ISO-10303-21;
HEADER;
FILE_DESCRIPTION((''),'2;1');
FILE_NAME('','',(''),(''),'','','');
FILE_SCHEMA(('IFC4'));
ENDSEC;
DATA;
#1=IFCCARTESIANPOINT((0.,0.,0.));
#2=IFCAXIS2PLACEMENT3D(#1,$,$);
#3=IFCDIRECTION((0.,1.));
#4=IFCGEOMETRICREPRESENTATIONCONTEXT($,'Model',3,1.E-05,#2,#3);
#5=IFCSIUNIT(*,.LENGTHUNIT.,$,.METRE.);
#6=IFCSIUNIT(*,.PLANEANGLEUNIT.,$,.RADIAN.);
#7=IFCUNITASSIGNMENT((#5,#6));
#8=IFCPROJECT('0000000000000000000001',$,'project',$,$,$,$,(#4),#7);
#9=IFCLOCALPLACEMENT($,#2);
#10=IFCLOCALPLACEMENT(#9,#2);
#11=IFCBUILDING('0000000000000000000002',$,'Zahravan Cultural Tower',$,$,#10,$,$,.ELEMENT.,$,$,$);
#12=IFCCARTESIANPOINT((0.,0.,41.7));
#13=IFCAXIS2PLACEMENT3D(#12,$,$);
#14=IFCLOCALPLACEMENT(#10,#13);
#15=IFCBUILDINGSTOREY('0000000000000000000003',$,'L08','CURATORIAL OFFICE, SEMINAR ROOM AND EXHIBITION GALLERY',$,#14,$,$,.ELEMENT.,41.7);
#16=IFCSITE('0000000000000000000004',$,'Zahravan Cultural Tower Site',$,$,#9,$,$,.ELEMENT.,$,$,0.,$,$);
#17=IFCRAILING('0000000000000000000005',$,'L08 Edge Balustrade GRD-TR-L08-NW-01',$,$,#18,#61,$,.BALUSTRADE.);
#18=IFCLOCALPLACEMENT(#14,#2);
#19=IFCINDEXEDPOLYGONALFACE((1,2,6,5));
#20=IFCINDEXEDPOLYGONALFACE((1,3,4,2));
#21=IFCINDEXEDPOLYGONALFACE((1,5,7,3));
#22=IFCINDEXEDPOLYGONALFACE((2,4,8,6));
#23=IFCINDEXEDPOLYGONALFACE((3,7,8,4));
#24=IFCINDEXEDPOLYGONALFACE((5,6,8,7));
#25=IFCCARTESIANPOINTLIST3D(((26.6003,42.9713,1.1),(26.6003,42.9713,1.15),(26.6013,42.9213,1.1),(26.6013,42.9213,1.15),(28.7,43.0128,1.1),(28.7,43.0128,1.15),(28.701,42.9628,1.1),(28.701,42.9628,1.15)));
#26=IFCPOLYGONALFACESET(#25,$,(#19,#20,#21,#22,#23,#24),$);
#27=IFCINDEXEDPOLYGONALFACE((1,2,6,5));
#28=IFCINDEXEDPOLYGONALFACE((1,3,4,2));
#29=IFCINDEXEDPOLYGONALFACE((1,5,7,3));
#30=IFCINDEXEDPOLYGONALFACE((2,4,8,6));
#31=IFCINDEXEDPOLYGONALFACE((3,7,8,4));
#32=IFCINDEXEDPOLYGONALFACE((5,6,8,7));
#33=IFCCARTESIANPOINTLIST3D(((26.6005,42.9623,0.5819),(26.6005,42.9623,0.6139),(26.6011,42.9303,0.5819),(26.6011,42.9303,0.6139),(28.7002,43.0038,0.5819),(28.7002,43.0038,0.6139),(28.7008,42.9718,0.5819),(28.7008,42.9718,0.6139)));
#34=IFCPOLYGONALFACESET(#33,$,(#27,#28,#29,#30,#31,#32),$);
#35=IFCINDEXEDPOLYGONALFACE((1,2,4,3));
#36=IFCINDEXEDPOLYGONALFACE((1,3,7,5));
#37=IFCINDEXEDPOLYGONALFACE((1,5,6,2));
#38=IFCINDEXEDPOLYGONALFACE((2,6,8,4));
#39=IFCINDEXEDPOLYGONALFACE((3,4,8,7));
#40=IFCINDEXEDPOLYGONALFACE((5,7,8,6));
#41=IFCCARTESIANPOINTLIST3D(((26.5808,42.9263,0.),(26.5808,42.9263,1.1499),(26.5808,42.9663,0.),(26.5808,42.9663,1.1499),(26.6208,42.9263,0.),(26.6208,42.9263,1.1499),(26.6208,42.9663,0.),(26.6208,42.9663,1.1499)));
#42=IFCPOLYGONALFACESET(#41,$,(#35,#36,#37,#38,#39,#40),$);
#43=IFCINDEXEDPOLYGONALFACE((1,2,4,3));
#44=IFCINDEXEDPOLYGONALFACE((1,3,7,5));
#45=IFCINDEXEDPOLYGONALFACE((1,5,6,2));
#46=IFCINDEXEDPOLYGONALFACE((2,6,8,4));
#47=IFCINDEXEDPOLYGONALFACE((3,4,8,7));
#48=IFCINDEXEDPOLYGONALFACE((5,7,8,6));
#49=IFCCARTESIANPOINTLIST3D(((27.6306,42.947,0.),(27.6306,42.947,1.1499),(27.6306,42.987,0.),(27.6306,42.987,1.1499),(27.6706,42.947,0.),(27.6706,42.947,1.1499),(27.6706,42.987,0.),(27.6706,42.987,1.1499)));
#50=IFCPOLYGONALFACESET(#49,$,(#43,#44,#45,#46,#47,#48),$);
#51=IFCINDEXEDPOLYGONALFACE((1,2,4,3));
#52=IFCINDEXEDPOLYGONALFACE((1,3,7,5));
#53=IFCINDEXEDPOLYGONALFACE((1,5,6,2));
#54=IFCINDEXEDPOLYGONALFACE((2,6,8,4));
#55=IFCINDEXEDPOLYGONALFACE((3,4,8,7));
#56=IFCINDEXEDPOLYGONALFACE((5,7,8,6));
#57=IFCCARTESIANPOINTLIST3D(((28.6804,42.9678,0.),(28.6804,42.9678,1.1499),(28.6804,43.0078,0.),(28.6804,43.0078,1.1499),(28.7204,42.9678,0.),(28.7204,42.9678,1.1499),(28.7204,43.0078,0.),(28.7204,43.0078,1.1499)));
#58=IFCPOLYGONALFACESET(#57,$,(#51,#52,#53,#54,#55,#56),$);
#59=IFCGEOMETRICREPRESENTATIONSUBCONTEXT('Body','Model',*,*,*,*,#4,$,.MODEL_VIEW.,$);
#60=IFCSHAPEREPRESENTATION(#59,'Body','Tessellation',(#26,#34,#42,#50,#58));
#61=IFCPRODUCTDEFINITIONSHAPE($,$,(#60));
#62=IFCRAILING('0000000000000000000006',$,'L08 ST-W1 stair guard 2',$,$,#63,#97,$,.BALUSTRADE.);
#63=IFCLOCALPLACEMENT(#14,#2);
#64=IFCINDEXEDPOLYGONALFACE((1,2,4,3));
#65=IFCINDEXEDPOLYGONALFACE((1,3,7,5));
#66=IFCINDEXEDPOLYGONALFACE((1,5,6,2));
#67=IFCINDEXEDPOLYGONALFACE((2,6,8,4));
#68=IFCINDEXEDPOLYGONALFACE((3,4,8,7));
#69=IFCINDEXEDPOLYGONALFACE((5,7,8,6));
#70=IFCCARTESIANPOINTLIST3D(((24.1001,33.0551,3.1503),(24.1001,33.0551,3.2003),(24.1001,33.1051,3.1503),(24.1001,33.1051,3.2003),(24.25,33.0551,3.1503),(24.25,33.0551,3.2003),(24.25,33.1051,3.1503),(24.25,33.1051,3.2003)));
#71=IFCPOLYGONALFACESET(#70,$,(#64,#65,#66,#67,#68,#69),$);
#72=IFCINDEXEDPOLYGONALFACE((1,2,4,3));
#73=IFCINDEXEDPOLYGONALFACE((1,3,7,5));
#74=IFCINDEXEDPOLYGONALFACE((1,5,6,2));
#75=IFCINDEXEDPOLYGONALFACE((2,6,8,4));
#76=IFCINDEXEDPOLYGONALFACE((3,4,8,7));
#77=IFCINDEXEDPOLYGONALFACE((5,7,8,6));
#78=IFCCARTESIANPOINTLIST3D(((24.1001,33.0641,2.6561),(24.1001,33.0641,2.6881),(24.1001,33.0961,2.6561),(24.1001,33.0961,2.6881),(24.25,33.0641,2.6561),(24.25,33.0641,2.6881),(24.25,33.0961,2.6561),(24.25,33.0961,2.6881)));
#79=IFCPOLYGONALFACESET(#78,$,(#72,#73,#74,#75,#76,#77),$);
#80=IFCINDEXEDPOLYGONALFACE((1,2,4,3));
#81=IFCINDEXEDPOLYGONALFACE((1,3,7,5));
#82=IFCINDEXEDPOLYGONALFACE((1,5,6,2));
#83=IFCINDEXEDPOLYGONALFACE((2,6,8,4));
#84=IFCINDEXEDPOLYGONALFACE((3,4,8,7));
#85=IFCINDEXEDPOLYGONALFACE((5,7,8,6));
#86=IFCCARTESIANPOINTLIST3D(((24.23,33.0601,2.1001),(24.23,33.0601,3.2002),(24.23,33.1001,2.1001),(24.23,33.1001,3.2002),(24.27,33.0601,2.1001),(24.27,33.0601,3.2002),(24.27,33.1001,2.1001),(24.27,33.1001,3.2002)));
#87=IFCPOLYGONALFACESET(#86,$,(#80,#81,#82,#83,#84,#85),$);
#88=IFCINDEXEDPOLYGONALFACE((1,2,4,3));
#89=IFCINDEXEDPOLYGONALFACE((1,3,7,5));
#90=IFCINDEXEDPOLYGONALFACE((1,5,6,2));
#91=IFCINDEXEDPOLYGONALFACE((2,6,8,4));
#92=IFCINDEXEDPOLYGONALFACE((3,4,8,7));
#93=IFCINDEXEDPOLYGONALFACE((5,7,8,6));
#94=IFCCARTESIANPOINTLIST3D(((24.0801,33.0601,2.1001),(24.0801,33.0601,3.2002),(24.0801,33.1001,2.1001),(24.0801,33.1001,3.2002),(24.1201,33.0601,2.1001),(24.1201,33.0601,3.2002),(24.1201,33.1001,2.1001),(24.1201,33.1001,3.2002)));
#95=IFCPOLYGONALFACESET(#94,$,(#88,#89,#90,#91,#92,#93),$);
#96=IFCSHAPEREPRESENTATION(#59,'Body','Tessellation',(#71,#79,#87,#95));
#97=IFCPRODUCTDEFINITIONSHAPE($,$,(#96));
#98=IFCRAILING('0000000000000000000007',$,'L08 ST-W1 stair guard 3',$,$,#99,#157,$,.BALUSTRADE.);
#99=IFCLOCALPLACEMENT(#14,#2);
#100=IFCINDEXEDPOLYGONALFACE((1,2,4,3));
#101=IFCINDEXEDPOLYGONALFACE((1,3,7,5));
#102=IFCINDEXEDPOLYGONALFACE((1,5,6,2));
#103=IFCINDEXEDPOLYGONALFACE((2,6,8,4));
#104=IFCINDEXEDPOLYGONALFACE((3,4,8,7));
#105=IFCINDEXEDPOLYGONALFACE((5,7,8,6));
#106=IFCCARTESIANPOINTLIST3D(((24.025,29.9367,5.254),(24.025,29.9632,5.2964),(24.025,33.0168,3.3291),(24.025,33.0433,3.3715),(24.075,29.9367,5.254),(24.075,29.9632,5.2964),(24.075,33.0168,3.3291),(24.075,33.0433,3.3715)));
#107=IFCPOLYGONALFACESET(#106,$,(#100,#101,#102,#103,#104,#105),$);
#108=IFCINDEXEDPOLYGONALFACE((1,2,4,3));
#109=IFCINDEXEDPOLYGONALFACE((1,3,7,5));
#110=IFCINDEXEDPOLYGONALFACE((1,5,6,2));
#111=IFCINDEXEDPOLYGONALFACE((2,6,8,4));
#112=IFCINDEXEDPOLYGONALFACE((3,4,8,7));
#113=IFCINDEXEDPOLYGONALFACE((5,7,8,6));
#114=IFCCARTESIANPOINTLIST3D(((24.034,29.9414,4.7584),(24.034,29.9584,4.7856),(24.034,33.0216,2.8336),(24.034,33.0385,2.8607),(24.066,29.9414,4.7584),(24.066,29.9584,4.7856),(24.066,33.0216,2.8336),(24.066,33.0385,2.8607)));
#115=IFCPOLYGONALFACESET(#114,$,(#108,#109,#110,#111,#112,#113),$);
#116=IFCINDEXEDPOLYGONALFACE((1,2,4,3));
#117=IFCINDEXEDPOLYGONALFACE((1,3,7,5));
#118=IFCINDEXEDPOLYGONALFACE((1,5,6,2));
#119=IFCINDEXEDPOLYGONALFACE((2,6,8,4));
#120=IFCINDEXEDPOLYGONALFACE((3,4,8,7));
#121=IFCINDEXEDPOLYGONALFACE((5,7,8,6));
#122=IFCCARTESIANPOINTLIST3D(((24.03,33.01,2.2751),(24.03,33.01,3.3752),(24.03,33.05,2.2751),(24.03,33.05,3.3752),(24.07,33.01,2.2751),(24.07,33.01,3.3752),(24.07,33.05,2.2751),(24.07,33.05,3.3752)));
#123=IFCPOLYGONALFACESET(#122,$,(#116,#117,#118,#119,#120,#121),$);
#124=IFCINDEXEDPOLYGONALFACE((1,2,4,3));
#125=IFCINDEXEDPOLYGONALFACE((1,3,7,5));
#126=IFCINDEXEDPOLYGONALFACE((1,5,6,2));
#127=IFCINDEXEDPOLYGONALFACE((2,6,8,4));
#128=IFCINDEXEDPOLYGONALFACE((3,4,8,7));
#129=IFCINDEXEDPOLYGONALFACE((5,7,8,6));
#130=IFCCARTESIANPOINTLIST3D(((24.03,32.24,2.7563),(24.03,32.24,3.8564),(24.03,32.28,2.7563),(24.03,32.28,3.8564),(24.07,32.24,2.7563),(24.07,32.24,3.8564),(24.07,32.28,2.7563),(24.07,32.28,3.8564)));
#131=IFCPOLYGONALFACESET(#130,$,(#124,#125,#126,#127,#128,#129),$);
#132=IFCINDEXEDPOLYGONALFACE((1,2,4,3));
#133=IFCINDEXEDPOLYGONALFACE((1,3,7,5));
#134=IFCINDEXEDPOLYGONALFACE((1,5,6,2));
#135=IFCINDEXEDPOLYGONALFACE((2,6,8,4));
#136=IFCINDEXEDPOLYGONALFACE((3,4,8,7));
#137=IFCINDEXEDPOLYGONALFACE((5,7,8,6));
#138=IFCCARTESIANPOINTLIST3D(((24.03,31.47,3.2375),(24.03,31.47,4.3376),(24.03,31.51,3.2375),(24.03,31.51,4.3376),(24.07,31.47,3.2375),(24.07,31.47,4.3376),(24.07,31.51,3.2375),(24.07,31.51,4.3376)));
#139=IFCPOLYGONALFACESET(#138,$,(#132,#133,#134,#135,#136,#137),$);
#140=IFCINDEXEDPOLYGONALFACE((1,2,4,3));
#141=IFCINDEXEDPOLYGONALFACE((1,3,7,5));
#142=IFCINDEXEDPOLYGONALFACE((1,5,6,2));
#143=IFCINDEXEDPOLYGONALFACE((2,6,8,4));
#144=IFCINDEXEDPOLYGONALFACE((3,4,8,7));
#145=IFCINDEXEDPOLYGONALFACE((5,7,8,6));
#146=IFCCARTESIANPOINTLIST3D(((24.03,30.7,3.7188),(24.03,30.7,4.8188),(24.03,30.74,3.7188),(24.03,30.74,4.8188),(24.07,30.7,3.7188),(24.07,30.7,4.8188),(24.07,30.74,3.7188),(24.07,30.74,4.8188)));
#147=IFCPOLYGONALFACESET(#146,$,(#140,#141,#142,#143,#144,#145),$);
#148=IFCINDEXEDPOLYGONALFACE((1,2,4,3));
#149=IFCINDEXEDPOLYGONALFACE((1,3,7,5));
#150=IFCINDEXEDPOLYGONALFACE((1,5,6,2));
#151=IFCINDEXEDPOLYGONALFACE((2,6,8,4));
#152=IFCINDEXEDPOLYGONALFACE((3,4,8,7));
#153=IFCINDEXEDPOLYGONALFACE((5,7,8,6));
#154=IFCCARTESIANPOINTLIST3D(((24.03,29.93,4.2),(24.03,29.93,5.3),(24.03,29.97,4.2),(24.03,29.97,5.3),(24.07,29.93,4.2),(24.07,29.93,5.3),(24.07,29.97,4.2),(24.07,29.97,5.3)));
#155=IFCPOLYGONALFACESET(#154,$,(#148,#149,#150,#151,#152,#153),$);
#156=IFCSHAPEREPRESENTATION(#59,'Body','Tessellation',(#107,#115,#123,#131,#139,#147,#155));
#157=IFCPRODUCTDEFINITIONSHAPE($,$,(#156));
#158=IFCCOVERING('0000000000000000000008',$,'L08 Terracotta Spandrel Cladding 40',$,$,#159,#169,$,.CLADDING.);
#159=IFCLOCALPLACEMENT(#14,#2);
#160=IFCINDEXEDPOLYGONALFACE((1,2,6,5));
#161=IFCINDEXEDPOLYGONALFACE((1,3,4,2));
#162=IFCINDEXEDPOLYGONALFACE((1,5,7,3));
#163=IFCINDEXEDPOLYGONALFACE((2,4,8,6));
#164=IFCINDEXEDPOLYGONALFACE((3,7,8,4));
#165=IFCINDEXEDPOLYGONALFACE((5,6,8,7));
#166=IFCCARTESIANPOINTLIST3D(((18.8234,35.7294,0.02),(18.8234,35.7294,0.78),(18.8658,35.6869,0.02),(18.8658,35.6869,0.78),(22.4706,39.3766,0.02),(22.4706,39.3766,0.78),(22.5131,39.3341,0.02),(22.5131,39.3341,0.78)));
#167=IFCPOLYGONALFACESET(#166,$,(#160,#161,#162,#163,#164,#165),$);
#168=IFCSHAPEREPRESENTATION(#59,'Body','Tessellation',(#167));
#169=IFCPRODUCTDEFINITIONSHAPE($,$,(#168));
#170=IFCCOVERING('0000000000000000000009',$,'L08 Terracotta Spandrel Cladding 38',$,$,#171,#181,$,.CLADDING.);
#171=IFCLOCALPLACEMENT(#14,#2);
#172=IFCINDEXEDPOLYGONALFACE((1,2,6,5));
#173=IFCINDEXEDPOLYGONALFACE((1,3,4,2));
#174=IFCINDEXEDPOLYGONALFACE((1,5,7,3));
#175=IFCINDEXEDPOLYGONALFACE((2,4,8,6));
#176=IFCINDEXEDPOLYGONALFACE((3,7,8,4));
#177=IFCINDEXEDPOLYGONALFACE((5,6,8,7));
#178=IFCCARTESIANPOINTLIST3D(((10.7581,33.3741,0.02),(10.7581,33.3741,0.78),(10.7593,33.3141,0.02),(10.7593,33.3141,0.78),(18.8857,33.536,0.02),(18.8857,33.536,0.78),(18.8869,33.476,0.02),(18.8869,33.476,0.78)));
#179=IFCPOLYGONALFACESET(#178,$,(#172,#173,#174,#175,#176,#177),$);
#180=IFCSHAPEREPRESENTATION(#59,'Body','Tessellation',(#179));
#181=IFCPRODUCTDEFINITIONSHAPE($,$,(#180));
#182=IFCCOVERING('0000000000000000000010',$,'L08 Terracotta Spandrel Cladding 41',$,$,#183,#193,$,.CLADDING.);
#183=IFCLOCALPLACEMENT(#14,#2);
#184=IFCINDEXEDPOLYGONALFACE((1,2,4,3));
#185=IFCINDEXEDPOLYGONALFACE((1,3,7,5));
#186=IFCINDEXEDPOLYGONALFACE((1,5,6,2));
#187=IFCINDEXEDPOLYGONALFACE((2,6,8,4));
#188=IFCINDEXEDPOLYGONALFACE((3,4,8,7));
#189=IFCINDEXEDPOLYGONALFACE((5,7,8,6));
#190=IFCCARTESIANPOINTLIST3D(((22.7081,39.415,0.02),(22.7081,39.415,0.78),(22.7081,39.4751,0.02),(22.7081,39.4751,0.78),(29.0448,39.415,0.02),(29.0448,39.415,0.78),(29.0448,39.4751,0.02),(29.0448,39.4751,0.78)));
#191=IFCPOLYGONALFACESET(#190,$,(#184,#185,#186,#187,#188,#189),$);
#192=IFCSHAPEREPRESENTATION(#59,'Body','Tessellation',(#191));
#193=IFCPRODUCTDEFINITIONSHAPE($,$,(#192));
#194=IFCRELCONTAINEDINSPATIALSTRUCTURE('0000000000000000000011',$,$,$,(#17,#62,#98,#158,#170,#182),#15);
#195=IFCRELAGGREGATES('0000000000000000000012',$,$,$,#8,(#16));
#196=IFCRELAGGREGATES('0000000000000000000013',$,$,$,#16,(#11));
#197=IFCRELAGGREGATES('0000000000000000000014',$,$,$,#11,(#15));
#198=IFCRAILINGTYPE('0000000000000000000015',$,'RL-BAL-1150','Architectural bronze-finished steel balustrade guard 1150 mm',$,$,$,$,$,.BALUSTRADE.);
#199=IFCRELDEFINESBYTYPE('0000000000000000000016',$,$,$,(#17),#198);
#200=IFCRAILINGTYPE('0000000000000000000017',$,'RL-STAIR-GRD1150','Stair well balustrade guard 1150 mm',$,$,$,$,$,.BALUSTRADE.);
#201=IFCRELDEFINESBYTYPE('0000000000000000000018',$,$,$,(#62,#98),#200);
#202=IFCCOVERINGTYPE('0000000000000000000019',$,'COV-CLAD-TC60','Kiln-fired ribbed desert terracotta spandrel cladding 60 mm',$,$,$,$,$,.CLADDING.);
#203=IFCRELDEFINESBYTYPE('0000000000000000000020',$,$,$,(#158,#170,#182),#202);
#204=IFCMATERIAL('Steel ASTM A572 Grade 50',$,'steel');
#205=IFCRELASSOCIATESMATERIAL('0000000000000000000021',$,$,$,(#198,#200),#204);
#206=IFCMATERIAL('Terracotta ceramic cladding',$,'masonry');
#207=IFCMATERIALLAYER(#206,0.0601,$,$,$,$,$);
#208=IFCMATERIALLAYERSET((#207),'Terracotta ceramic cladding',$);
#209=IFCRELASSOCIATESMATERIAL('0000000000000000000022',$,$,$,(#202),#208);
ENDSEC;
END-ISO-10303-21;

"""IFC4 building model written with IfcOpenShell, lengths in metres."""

from ifc_helpers import new_model, si_unit, direction, frame, origin, origin_2d, place, context, subcontext, project, spatial, rectangle, extrude, source, transform, mapped, material, layer, layer_set, type_object, element, save


model = new_model("IFC4")

# Units and contexts
model_context = context("Model", 3, precision=1e-05, world=origin(), true_north=direction((0.0, 1.0)))
body_context = subcontext(model_context, "Body", "Model", "MODEL_VIEW")
ifc_project = project(units=[si_unit("LENGTHUNIT", "METRE"), si_unit("PLANEANGLEUNIT", "RADIAN")], contexts=[model_context])

# Site, building, storey
site_placement = place(None, origin())
site = spatial("IfcSite", under=ifc_project, at=site_placement, Name="Zahravan Cultural Tower Site", CompositionType="ELEMENT", RefElevation=0.0)
building_placement = place(site_placement, origin())
building = spatial("IfcBuilding", under=site, at=building_placement, Name="Zahravan Cultural Tower", CompositionType="ELEMENT")
storey_placement = place(building_placement, frame((0.0, 0.0, 41.7)))
storey = spatial("IfcBuildingStorey", under=building, at=storey_placement, Name="L08", Description="CURATORIAL OFFICE, SEMINAR ROOM AND EXHIBITION GALLERY", CompositionType="ELEMENT", Elevation=41.7)

# Shared definitions
ifc_material_1 = material(Name="Steel ASTM A572 Grade 50", Category="steel")

# Railings
railing_type_1 = type_object("IfcRailingType", Name="RL-BAL-1150", Description="Architectural bronze-finished steel balustrade guard 1150 mm", PredefinedType="BALUSTRADE", material=ifc_material_1)
railing_1_placement = place(storey_placement, frame((26.6008, 42.9463, 0.0)))
element("IfcRailing", 1, at=railing_1_placement, inside=storey, type_object=railing_type_1, Name="L08 Edge Balustrade GRD-TR-L08-NW-01", PredefinedType="BALUSTRADE", context=body_context, shape_type="SweptSolid", body=[
    extrude(rectangle(XDim=0.05, YDim=0.05, at=origin_2d()), frame((0.0, 0.0, 1.125), z_axis=(0.999805, 0.019764, 0.0), x_axis=(-0.019764, 0.999805, 0.0)), (0.0, 0.0, 1.0), 2.1001),
    extrude(rectangle(XDim=0.032, YDim=0.032, at=origin_2d()), frame((0.0, 0.0, 0.5979), z_axis=(0.999805, 0.019764, 0.0), x_axis=(-0.019764, 0.999805, 0.0)), (0.0, 0.0, 1.0), 2.1001),
    extrude(rectangle(XDim=0.04, YDim=0.04, at=origin_2d()), origin(), (0.0, 0.0, 1.0), 1.1499),
    extrude(rectangle(XDim=0.04, YDim=0.04, at=origin_2d()), frame((1.0498, 0.0208, 0.0)), (0.0, 0.0, 1.0), 1.1499),
    extrude(rectangle(XDim=0.04, YDim=0.04, at=origin_2d()), frame((2.0996, 0.0415, 0.0)), (0.0, 0.0, 1.0), 1.1499),
])
railing_type_2 = type_object("IfcRailingType", Name="RL-STAIR-GRD1150", Description="Stair well balustrade guard 1150 mm", PredefinedType="BALUSTRADE", material=ifc_material_1)
railing_2_placement = place(storey_placement, frame((24.25, 33.0801, 2.1001)))
element("IfcRailing", 2, at=railing_2_placement, inside=storey, type_object=railing_type_2, Name="L08 ST-W1 stair guard 2", PredefinedType="BALUSTRADE", context=body_context, shape_type="SweptSolid", body=[
    extrude(rectangle(XDim=0.05, YDim=0.05, at=origin_2d()), frame((0.0, 0.0, 1.0752), z_axis=(-1.0, 0.0, 0.0), x_axis=(0.0, -1.0, 0.0)), (0.0, 0.0, 1.0), 0.1499),
    extrude(rectangle(XDim=0.032, YDim=0.032, at=origin_2d()), frame((0.0, 0.0, 0.572), z_axis=(-1.0, 0.0, 0.0), x_axis=(0.0, -1.0, 0.0)), (0.0, 0.0, 1.0), 0.1499),
    extrude(rectangle(XDim=0.04, YDim=0.04, at=origin_2d()), origin(), (0.0, 0.0, 1.0), 1.1001),
    extrude(rectangle(XDim=0.04, YDim=0.04, at=origin_2d()), frame((-0.1499, 0.0, 0.0)), (0.0, 0.0, 1.0), 1.1001),
])
railing_3_placement = place(storey_placement, frame((24.05, 33.03, 2.2751)))
element("IfcRailing", 3, at=railing_3_placement, inside=storey, type_object=railing_type_2, Name="L08 ST-W1 stair guard 3", PredefinedType="BALUSTRADE", context=body_context, shape_type="SweptSolid", body=[
    extrude(rectangle(XDim=0.05, YDim=0.05, at=origin_2d()), frame((0.0, 0.0, 1.0752), z_axis=(0.0, -0.848029, 0.529951), x_axis=(1.0, 0.0, 0.0)), (0.0, 0.0, 1.0), 3.6321),
    extrude(rectangle(XDim=0.032, YDim=0.032, at=origin_2d()), frame((0.0, 0.0, 0.572), z_axis=(0.0, -0.848029, 0.529951), x_axis=(1.0, 0.0, 0.0)), (0.0, 0.0, 1.0), 3.6321),
    extrude(rectangle(XDim=0.04, YDim=0.04, at=origin_2d()), origin(), (0.0, 0.0, 1.0), 1.1001),
    extrude(rectangle(XDim=0.04, YDim=0.04, at=origin_2d()), frame((0.0, -0.77, 0.4812)), (0.0, 0.0, 1.0), 1.1001),
    extrude(rectangle(XDim=0.04, YDim=0.04, at=origin_2d()), frame((0.0, -1.54, 0.9624)), (0.0, 0.0, 1.0), 1.1001),
    extrude(rectangle(XDim=0.04, YDim=0.04, at=origin_2d()), frame((0.0, -2.3101, 1.4436)), (0.0, 0.0, 1.0), 1.1001),
    extrude(rectangle(XDim=0.04, YDim=0.04, at=origin_2d()), frame((0.0, -3.0801, 1.9248)), (0.0, 0.0, 1.0), 1.1001),
])

# Coverings
ifc_material_2 = material(Name="Terracotta ceramic cladding", Category="masonry")
ifc_layer_1 = layer(ifc_material_2, 0.0601)
ifc_layer_set_1 = layer_set([ifc_layer_1], Name="Terracotta ceramic cladding")
covering_type = type_object("IfcCoveringType", Name="COV-CLAD-TC60", Description="Kiln-fired ribbed desert terracotta spandrel cladding 60 mm", PredefinedType="CLADDING", material=ifc_layer_set_1)
shared_shape_1 = source(origin(), body_context, "Body", "SweptSolid", [
    extrude(rectangle(XDim=5.158, YDim=0.0601, at=origin_2d()), origin(), (0.0, 0.0, 1.0), 0.76),
])
covering_1_placement = place(storey_placement, frame((20.6682, 37.5317, 0.02), z_axis=(0.0, 0.0, 1.0), x_axis=(0.707107, 0.707107, 0.0)))
element("IfcCovering", 4, at=covering_1_placement, inside=storey, type_object=covering_type, Name="L08 Terracotta Spandrel Cladding 40", PredefinedType="CLADDING", context=body_context, shape_type="MappedRepresentation", body=[
    mapped(shared_shape_1, transform((0.0, 0.0, 0.0), x_axis=(1.0, 0.0, 0.0), y_axis=(0.0, 1.0, 0.0), z_axis=(0.0, 0.0, 1.0), scale=1.0)),
])
shared_shape_2 = source(origin(), body_context, "Body", "SweptSolid", [
    extrude(rectangle(XDim=8.1292, YDim=0.0601, at=origin_2d()), origin(), (0.0, 0.0, 1.0), 0.76),
])
covering_2_placement = place(storey_placement, frame((14.8225, 33.425, 0.02), z_axis=(0.0, 0.0, 1.0), x_axis=(0.999802, 0.019913, 0.0)))
element("IfcCovering", 5, at=covering_2_placement, inside=storey, type_object=covering_type, Name="L08 Terracotta Spandrel Cladding 38", PredefinedType="CLADDING", context=body_context, shape_type="MappedRepresentation", body=[
    mapped(shared_shape_2, transform((0.0, 0.0, 0.0), x_axis=(1.0, 0.0, 0.0), y_axis=(0.0, 1.0, 0.0), z_axis=(0.0, 0.0, 1.0), scale=1.0)),
])
shared_shape_3 = source(origin(), body_context, "Body", "SweptSolid", [
    extrude(rectangle(XDim=6.3367, YDim=0.0601, at=origin_2d()), origin(), (0.0, 0.0, 1.0), 0.76),
])
covering_3_placement = place(storey_placement, frame((25.8765, 39.4451, 0.02), z_axis=(0.0, 0.0, 1.0), x_axis=(1.0, 0.0, 0.0)))
element("IfcCovering", 6, at=covering_3_placement, inside=storey, type_object=covering_type, Name="L08 Terracotta Spandrel Cladding 41", PredefinedType="CLADDING", context=body_context, shape_type="MappedRepresentation", body=[
    mapped(shared_shape_3, transform((0.0, 0.0, 0.0), x_axis=(1.0, 0.0, 0.0), y_axis=(0.0, 1.0, 0.0), z_axis=(0.0, 0.0, 1.0), scale=1.0)),
])

save(model, "model.ifc")
